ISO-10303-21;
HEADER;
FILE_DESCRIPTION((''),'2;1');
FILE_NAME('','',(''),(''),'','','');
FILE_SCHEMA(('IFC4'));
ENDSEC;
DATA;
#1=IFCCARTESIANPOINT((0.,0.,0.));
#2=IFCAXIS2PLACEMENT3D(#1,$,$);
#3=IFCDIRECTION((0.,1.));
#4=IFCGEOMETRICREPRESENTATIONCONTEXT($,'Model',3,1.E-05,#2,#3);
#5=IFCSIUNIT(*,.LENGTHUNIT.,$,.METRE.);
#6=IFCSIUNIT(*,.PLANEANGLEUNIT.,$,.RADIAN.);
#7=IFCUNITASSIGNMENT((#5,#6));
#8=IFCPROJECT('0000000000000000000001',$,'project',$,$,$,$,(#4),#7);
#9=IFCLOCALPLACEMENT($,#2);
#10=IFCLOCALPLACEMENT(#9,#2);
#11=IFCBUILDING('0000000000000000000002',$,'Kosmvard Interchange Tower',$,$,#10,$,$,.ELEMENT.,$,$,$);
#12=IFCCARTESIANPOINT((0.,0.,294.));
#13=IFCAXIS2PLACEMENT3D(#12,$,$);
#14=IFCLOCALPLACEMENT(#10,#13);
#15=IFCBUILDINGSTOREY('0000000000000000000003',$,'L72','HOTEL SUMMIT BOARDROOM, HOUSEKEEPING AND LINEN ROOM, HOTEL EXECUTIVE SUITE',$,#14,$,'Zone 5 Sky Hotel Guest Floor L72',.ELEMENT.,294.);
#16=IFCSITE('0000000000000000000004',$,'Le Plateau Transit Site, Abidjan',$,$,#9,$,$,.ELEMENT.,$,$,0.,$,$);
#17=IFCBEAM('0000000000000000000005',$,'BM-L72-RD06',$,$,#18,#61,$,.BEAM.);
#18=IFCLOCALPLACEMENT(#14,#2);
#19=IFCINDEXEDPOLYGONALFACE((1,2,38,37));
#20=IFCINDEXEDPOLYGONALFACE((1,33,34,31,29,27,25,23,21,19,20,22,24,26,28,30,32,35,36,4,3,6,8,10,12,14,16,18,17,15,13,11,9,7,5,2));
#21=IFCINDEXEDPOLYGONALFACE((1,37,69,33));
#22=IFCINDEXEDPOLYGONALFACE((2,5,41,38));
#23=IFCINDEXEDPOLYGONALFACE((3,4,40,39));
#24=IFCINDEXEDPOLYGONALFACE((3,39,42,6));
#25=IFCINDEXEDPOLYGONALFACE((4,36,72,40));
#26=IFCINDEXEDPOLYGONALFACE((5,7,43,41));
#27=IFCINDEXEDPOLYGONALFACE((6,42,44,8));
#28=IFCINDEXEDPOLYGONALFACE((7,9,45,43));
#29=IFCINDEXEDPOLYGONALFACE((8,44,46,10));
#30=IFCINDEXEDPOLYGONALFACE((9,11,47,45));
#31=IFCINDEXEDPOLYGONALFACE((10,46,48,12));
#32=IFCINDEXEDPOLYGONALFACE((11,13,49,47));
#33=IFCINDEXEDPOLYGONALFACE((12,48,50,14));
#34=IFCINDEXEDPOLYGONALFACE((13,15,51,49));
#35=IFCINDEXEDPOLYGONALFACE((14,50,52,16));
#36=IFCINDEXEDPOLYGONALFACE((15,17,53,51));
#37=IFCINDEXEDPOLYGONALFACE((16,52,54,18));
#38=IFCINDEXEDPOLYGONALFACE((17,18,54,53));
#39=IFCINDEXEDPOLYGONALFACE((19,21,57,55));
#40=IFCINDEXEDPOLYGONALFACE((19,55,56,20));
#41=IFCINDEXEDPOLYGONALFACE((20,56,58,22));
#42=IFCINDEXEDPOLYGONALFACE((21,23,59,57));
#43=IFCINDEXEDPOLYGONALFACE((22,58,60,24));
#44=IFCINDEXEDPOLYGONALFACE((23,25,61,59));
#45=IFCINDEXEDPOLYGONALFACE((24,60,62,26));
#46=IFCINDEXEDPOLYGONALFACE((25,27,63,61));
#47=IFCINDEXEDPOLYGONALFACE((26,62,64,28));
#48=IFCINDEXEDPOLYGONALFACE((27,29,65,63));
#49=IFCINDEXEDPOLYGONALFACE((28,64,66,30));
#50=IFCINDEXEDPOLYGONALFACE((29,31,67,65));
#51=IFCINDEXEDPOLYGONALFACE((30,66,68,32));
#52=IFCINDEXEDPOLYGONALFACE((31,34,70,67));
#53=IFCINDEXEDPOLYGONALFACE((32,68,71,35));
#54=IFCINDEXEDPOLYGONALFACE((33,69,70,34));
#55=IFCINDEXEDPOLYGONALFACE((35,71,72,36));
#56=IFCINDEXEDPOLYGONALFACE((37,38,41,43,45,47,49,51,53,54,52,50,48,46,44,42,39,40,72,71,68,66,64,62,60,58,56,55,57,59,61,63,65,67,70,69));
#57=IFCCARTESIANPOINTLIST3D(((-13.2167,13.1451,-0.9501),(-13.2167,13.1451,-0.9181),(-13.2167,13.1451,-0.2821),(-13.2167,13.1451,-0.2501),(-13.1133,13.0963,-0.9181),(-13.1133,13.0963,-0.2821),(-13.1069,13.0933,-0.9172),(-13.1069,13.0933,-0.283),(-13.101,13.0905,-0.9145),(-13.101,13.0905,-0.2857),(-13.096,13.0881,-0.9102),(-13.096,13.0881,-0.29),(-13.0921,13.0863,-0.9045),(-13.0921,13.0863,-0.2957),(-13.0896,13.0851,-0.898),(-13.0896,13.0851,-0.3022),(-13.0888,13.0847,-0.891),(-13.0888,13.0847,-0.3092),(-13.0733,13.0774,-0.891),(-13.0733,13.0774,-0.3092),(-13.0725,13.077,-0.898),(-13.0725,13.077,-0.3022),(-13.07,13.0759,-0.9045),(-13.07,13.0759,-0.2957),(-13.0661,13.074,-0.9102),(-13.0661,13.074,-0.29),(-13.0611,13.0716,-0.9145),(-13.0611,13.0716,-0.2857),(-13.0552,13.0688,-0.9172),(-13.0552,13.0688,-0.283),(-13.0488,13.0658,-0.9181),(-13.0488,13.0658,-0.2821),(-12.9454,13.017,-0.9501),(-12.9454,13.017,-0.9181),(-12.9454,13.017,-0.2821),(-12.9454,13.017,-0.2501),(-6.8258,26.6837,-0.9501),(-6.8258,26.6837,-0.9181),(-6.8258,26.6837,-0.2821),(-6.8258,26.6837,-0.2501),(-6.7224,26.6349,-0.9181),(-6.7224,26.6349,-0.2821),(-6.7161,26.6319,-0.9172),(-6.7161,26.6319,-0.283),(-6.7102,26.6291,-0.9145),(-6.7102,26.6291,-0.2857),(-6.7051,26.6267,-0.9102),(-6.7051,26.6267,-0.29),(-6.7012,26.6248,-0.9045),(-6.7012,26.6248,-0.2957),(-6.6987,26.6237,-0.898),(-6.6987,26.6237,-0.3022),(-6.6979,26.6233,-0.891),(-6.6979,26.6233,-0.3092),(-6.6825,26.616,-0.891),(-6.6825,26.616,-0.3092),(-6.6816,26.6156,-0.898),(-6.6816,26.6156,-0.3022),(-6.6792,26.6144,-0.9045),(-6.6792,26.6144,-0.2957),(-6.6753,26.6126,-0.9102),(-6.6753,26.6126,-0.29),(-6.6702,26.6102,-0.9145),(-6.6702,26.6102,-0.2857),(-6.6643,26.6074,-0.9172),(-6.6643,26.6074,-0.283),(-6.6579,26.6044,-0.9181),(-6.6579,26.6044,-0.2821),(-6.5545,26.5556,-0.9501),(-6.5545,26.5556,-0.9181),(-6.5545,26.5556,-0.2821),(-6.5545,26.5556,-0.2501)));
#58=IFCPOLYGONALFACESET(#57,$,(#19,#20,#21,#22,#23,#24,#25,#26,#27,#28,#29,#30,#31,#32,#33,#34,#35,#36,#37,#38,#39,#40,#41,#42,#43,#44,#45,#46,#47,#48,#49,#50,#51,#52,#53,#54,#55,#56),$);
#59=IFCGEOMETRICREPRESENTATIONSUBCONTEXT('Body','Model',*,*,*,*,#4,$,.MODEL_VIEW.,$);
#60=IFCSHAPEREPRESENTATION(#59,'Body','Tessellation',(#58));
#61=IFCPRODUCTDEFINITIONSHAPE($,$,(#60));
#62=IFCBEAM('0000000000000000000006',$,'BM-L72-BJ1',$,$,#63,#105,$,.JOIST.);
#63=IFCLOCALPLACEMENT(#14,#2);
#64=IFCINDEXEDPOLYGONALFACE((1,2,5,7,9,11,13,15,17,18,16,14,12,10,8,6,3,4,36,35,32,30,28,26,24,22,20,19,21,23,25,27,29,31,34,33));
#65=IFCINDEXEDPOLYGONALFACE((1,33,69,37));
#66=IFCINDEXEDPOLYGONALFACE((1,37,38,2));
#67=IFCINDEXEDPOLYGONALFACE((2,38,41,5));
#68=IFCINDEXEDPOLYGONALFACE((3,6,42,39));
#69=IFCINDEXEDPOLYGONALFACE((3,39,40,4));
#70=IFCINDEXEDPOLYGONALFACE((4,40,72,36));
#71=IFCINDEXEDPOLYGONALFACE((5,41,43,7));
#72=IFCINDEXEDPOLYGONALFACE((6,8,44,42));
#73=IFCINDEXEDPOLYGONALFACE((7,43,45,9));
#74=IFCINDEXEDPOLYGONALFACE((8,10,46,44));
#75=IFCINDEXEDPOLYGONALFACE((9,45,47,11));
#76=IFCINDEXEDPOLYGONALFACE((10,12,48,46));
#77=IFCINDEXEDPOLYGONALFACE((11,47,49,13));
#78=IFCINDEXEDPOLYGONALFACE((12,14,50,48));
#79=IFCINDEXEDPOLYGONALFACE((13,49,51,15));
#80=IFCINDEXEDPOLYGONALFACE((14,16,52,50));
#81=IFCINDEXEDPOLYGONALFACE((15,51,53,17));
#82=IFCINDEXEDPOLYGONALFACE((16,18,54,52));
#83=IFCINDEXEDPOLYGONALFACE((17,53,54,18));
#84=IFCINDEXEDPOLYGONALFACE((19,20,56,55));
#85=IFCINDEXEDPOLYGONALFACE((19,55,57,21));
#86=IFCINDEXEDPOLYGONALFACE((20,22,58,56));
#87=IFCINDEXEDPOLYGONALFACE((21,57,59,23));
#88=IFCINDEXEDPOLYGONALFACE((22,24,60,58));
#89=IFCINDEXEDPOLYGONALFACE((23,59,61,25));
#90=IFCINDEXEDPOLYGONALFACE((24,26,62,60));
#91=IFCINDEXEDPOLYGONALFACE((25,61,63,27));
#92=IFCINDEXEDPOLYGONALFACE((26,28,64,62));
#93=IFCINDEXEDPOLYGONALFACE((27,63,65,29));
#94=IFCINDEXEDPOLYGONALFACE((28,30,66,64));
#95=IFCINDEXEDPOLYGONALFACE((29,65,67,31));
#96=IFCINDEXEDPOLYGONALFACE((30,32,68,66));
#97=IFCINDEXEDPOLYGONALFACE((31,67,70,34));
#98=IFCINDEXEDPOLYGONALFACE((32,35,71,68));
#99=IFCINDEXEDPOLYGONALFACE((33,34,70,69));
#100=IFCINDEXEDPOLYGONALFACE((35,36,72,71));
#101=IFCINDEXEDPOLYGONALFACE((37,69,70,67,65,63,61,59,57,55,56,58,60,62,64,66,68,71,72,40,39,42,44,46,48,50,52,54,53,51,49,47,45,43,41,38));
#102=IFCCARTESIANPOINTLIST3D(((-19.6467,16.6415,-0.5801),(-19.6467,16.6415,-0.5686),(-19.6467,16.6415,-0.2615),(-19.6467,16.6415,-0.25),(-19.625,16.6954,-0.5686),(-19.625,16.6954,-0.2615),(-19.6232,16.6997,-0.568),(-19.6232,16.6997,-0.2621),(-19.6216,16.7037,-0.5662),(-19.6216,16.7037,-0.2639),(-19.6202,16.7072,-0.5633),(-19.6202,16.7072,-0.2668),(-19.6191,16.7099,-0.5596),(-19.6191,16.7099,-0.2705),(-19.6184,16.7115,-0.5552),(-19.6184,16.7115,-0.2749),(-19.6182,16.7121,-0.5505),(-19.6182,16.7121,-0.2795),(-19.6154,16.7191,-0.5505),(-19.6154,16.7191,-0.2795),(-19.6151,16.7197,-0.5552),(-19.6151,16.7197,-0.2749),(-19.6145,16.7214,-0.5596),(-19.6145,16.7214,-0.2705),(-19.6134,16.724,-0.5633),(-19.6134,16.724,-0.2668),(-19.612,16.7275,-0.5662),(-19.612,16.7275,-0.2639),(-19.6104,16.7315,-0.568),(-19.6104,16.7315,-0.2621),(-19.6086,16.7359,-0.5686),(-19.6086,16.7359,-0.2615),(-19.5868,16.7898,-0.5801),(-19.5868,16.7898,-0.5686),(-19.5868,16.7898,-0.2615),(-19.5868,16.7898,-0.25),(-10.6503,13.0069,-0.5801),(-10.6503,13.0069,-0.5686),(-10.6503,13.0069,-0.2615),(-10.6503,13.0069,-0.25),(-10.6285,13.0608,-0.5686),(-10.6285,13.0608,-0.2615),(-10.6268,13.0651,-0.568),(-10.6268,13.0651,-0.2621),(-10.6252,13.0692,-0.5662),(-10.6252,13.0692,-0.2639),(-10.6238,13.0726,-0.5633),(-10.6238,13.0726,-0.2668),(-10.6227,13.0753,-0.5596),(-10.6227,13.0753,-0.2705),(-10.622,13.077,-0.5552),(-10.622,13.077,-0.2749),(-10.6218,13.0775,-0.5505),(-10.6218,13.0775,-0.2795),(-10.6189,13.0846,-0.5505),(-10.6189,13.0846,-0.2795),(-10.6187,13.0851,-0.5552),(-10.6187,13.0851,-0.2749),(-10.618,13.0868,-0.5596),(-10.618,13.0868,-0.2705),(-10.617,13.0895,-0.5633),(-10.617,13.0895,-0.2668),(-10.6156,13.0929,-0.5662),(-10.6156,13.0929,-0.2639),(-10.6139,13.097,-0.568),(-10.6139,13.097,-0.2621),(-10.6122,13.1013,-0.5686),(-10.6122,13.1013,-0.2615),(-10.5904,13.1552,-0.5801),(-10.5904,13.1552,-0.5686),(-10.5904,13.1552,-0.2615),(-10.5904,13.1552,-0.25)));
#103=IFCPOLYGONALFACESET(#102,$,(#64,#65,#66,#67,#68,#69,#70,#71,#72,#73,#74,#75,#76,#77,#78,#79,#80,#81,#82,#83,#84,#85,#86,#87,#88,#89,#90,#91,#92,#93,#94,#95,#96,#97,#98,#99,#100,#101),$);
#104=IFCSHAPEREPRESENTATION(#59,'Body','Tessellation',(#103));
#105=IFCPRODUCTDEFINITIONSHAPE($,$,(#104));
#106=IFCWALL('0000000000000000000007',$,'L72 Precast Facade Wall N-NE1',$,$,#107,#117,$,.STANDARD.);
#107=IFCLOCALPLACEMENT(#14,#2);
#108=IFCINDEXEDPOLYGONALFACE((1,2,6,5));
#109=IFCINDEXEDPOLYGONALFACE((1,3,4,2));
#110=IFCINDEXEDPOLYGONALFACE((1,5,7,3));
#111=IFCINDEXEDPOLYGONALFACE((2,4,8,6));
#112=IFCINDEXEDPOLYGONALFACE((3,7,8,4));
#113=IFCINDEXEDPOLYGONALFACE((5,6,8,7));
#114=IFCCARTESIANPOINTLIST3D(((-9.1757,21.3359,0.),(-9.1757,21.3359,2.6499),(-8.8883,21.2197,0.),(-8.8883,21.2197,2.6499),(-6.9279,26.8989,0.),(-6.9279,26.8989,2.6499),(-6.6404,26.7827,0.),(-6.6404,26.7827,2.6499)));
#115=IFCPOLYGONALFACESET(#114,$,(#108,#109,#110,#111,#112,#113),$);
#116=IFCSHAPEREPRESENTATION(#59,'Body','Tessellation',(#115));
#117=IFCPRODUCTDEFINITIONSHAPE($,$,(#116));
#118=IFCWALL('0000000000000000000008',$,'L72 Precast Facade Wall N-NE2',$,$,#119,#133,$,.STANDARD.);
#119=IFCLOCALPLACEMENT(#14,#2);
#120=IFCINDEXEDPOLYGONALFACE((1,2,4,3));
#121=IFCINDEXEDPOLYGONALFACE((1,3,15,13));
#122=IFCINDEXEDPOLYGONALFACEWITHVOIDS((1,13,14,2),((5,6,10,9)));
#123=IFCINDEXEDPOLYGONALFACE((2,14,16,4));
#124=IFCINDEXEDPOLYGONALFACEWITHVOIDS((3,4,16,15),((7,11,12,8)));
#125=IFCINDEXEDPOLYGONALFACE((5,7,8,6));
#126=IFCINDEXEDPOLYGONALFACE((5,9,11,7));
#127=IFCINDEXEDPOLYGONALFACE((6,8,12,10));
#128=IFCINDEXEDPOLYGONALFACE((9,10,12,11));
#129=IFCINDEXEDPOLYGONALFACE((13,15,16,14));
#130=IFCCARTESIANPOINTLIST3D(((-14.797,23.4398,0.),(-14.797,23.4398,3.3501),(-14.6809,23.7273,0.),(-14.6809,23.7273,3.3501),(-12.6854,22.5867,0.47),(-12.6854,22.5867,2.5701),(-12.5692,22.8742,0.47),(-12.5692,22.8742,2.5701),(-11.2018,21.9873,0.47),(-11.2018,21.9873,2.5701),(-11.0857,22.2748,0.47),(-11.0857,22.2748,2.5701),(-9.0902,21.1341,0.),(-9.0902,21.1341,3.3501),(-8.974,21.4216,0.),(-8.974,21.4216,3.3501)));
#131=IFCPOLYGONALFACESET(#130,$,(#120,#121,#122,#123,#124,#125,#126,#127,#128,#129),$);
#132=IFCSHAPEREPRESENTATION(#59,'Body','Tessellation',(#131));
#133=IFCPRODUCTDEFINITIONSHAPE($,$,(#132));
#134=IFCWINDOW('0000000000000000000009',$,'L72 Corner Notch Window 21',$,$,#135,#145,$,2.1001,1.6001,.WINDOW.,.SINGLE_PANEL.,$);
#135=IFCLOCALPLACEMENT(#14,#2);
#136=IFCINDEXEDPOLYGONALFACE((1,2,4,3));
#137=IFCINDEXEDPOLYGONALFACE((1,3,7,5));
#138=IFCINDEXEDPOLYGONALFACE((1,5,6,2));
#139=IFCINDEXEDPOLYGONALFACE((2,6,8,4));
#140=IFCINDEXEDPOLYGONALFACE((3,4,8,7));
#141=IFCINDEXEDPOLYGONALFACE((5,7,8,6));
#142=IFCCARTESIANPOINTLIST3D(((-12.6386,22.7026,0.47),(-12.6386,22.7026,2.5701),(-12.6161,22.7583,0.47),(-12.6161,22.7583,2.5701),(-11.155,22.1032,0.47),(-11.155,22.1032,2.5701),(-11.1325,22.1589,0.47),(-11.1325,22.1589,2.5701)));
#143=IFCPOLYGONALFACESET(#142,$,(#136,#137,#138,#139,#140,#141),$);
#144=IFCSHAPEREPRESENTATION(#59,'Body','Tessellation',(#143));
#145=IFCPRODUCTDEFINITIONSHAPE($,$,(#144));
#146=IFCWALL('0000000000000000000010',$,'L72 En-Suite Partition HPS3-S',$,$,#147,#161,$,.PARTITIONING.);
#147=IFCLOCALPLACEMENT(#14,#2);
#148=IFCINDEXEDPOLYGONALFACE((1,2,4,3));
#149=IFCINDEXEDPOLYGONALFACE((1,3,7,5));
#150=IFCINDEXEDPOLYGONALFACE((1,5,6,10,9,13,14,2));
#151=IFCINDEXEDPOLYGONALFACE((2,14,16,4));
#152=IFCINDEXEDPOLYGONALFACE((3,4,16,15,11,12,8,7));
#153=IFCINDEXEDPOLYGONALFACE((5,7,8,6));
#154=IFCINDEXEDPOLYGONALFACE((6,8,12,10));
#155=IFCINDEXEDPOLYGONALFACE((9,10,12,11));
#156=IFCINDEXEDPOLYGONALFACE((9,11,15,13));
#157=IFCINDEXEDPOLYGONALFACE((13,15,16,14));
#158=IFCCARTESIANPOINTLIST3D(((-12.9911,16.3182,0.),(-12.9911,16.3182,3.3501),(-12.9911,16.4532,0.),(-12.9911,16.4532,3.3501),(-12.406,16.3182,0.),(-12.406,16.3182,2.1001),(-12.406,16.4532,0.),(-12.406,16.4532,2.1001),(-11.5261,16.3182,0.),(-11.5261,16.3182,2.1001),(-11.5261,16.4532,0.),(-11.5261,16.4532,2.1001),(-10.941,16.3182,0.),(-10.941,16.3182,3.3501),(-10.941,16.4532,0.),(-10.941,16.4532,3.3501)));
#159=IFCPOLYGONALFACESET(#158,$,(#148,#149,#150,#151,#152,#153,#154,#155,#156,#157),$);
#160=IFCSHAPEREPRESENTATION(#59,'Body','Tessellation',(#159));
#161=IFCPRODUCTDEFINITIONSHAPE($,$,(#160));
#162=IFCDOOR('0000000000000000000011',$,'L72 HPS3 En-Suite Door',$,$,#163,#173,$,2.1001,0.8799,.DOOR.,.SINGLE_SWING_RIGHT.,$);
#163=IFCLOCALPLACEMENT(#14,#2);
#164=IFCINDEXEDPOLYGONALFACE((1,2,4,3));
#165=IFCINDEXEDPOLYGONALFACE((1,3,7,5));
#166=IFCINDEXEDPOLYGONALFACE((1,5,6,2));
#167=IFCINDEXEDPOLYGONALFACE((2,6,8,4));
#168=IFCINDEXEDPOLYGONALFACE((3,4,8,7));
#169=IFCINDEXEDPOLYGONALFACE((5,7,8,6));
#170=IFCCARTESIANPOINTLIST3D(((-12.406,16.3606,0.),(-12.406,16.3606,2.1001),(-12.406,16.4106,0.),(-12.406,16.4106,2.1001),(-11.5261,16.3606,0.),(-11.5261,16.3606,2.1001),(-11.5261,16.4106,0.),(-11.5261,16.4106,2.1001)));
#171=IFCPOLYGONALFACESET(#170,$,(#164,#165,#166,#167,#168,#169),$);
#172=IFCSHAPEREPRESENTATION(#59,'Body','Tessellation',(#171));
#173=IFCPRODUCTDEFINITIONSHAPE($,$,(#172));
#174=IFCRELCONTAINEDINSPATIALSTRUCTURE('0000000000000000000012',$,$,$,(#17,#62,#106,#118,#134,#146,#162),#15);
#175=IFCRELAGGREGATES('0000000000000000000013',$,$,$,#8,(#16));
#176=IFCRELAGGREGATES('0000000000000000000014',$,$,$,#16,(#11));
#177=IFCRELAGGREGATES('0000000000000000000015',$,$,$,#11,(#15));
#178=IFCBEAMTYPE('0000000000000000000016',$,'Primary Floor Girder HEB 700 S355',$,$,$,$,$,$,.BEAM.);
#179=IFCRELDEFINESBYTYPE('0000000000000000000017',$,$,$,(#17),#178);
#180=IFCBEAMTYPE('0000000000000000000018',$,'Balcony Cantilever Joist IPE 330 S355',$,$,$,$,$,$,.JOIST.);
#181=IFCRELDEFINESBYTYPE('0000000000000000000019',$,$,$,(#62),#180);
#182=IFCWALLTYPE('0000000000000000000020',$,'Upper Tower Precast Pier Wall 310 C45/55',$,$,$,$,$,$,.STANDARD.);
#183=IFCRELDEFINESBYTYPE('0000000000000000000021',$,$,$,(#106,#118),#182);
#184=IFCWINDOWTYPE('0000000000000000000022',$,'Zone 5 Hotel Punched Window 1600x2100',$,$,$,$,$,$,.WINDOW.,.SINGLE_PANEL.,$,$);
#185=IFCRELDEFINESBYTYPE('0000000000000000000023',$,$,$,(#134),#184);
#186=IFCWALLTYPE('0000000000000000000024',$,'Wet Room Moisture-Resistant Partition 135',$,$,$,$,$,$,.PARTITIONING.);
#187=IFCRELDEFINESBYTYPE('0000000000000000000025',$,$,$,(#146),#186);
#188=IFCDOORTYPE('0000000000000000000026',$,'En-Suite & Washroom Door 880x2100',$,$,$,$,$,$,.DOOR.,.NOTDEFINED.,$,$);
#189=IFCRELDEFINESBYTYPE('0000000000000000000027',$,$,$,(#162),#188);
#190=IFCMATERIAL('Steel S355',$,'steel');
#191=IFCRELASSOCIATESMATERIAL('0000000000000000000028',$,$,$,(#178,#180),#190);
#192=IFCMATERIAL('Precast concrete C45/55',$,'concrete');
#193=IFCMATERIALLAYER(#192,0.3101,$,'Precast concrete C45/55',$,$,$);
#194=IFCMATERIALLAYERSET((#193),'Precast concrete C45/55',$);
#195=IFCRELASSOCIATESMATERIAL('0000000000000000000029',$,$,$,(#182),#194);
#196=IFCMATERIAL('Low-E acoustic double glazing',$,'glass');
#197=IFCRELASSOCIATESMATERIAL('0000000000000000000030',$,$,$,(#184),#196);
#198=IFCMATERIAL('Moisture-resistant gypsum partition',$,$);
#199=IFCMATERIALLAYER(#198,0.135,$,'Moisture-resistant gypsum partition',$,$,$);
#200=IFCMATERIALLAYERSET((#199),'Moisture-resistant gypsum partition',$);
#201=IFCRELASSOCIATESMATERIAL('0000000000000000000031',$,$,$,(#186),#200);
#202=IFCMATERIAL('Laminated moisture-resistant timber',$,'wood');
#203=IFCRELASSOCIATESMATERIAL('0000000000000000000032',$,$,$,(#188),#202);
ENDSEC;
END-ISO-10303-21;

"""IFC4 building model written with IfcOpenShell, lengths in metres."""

from ifc_helpers import new_model, si_unit, direction, frame, frame_2d, origin, origin_2d, place, context, subcontext, project, spatial, rectangle, i_section, extrude, source, transform, mapped, material, layer, layer_set, material_profile, profile_set, type_object, element, fill, save


model = new_model("IFC4")

# Units and contexts
model_context = context("Model", 3, precision=1e-05, world=origin(), true_north=direction((0.0, 1.0)))
body_context = subcontext(model_context, "Body", "Model", "MODEL_VIEW")
ifc_project = project(units=[si_unit("LENGTHUNIT", "METRE"), si_unit("PLANEANGLEUNIT", "RADIAN")], contexts=[model_context])

# Site, building, storey
site_placement = place(None, origin())
site = spatial("IfcSite", under=ifc_project, at=site_placement, Name="Le Plateau Transit Site, Abidjan", CompositionType="ELEMENT", RefElevation=0.0)
building_placement = place(site_placement, origin())
building = spatial("IfcBuilding", under=site, at=building_placement, Name="Kosmvard Interchange Tower", CompositionType="ELEMENT")
storey_placement = place(building_placement, frame((0.0, 0.0, 294.0)))
storey = spatial("IfcBuildingStorey", under=building, at=storey_placement, Name="L72", Description="HOTEL SUMMIT BOARDROOM, HOUSEKEEPING AND LINEN ROOM, HOTEL EXECUTIVE SUITE", LongName="Zone 5 Sky Hotel Guest Floor L72", CompositionType="ELEMENT", Elevation=294.0)

# Beams
ifc_material_1 = material(Name="Steel S355", Category="steel")
ifc_material_2 = material(Name="Precast concrete C45/55", Category="concrete")
ifc_material_profile_1 = material_profile(ifc_material_1, i_section(OverallWidth=0.3, OverallDepth=0.7, WebThickness=0.0171, FlangeThickness=0.032, FilletRadius=0.0271, at=origin_2d()), Name="HEB 700")
ifc_profile_set_1 = profile_set([ifc_material_profile_1], Name="Steel S355")
beam_type_1 = type_object("IfcBeamType", Name="Primary Floor Girder HEB 700 S355", PredefinedType="BEAM", material=ifc_profile_set_1)
shared_shape_1 = source(origin(), body_context, "Body", "SweptSolid", [
    extrude(i_section(OverallWidth=0.3, OverallDepth=0.7, WebThickness=0.0171, FlangeThickness=0.032, FilletRadius=0.0271, at=origin_2d()), origin(), (0.0, 0.0, 1.0), 14.9712),
])
beam_1_placement = place(storey_placement, frame((-13.0811, 13.0811, -0.6001), z_axis=(0.426878, 0.904309, 0.0), x_axis=(-0.904309, 0.426878, 0.0)))
element("IfcBeam", 1, at=beam_1_placement, inside=storey, type_object=beam_type_1, Name="BM-L72-RD06", PredefinedType="BEAM", context=body_context, shape_type="MappedRepresentation", body=[
    mapped(shared_shape_1, transform((0.0, 0.0, 0.0), scale=1.0)),
])
ifc_material_profile_2 = material_profile(ifc_material_1, i_section(OverallWidth=0.1599, OverallDepth=0.3301, WebThickness=0.0076, FlangeThickness=0.0115, FilletRadius=0.0181, at=origin_2d()), Name="IPE 330")
ifc_profile_set_2 = profile_set([ifc_material_profile_2], Name="Steel S355")
beam_type_2 = type_object("IfcBeamType", Name="Balcony Cantilever Joist IPE 330 S355", PredefinedType="JOIST", material=ifc_profile_set_2)
shared_shape_2 = source(origin(), body_context, "Body", "SweptSolid", [
    extrude(i_section(OverallWidth=0.1599, OverallDepth=0.3301, WebThickness=0.0076, FlangeThickness=0.0115, FilletRadius=0.0181, at=origin_2d()), origin(), (0.0, 0.0, 1.0), 9.7029),
])
beam_2_placement = place(storey_placement, frame((-10.6204, 13.0811, -0.415), z_axis=(-0.927192, 0.374586, 0.0), x_axis=(-0.374586, -0.927192, 0.0)))
element("IfcBeam", 2, at=beam_2_placement, inside=storey, type_object=beam_type_2, Name="BM-L72-BJ1", PredefinedType="JOIST", context=body_context, shape_type="MappedRepresentation", body=[
    mapped(shared_shape_2, transform((0.0, 0.0, 0.0), scale=1.0)),
])

# Wall
ifc_layer_1 = layer(ifc_material_2, 0.3101, Name="Precast concrete C45/55")
ifc_layer_set_1 = layer_set([ifc_layer_1], Name="Precast concrete C45/55")
wall_type_1 = type_object("IfcWallType", Name="Upper Tower Precast Pier Wall 310 C45/55", PredefinedType="STANDARD", material=ifc_layer_set_1)
wall_1_placement = place(storey_placement, frame((-6.7842, 26.8408, 0.0), z_axis=(0.0, 0.0, 1.0), x_axis=(-0.374637, -0.927172, 0.0)))
element("IfcWall", 3, at=wall_1_placement, inside=storey, type_object=wall_type_1, Name="L72 Precast Facade Wall N-NE1", PredefinedType="STANDARD", context=body_context, shape_type="SweptSolid", body=[
    extrude(rectangle(XDim=6.0, YDim=0.3101, at=frame_2d((3.0, 0.0))), origin(), (0.0, 0.0, 1.0), 2.6499),
])

# Wall, opening, window
wall_2_placement = place(storey_placement, frame((-9.032, 21.2778, 0.0), z_axis=(0.0, 0.0, 1.0), x_axis=(-0.927185, 0.374603, 0.0)))
wall_2 = element("IfcWall", 4, at=wall_2_placement, inside=storey, type_object=wall_type_1, Name="L72 Precast Facade Wall N-NE2", PredefinedType="STANDARD", context=body_context, shape_type="SweptSolid", body=[
    extrude(rectangle(XDim=6.155, YDim=0.3101, at=frame_2d((3.0776, 0.0))), origin(), (0.0, 0.0, 1.0), 3.3501),
])
opening_1_placement = place(wall_2_placement, frame((2.2776, 0.0, 0.47)))
opening_1 = element("IfcOpeningElement", 5, at=opening_1_placement, cuts=wall_2, PredefinedType="OPENING", context=body_context, shape_type="SweptSolid", body=[
    extrude(rectangle(XDim=1.6001, YDim=2.1001, at=frame_2d((0.8, 1.05))), frame((0.0, 0.165, 0.0), z_axis=(0.0, -1.0, 0.0), x_axis=(1.0, 0.0, 0.0)), (0.0, 0.0, 1.0), 0.3301),
])
ifc_material_3 = material(Name="Low-E acoustic double glazing", Category="glass")
window_type = type_object("IfcWindowType", Name="Zone 5 Hotel Punched Window 1600x2100", PartitioningType="SINGLE_PANEL", PredefinedType="WINDOW", material=ifc_material_3)
shared_shape_3 = source(origin(), body_context, "Body", "SweptSolid", [
    extrude(rectangle(XDim=1.6001, YDim=2.1001, at=frame_2d((0.8, 1.05))), frame((0.0, 0.03, 0.0), z_axis=(0.0, -1.0, 0.0), x_axis=(1.0, 0.0, 0.0)), (0.0, 0.0, 1.0), 0.0601),
])
window_placement = place(opening_1_placement, origin())
window = element("IfcWindow", 6, at=window_placement, inside=storey, type_object=window_type, Name="L72 Corner Notch Window 21", OverallHeight=2.1001, OverallWidth=1.6001, PartitioningType="SINGLE_PANEL", PredefinedType="WINDOW", context=body_context, shape_type="MappedRepresentation", body=[
    mapped(shared_shape_3, transform((0.0, 0.0, 0.0), scale=1.0)),
])
fill(opening_1, window)

# Wall, opening, door
ifc_material_4 = material(Name="Moisture-resistant gypsum partition")
ifc_layer_2 = layer(ifc_material_4, 0.135, Name="Moisture-resistant gypsum partition")
ifc_layer_set_2 = layer_set([ifc_layer_2], Name="Moisture-resistant gypsum partition")
wall_type_2 = type_object("IfcWallType", Name="Wet Room Moisture-Resistant Partition 135", PredefinedType="PARTITIONING", material=ifc_layer_set_2)
wall_3_placement = place(storey_placement, frame((-12.991, 16.3857, 0.0), z_axis=(0.0, 0.0, 1.0), x_axis=(1.0, 0.0, 0.0)))
wall_3 = element("IfcWall", 7, at=wall_3_placement, inside=storey, type_object=wall_type_2, Name="L72 En-Suite Partition HPS3-S", PredefinedType="PARTITIONING", context=body_context, shape_type="SweptSolid", body=[
    extrude(rectangle(XDim=2.05, YDim=0.135, at=frame_2d((1.0249, 0.0))), origin(), (0.0, 0.0, 1.0), 3.3501),
])
opening_2_placement = place(wall_3_placement, frame((0.585, 0.0, 0.0)))
opening_2 = element("IfcOpeningElement", 8, at=opening_2_placement, cuts=wall_3, PredefinedType="OPENING", context=body_context, shape_type="SweptSolid", body=[
    extrude(rectangle(XDim=0.8799, YDim=2.1001, at=frame_2d((0.4399, 1.05))), frame((0.0, 0.0776, 0.0), z_axis=(0.0, -1.0, 0.0), x_axis=(1.0, 0.0, 0.0)), (0.0, 0.0, 1.0), 0.155),
])
ifc_material_5 = material(Name="Laminated moisture-resistant timber", Category="wood")
door_type = type_object("IfcDoorType", Name="En-Suite & Washroom Door 880x2100", OperationType="NOTDEFINED", PredefinedType="DOOR", material=ifc_material_5)
shared_shape_4 = source(origin(), body_context, "Body", "SweptSolid", [
    extrude(rectangle(XDim=0.8799, YDim=2.1001, at=frame_2d((0.4399, 1.05))), frame((0.0, 0.0249, 0.0), z_axis=(0.0, -1.0, 0.0), x_axis=(1.0, 0.0, 0.0)), (0.0, 0.0, 1.0), 0.05),
])
door_placement = place(opening_2_placement, origin())
door = element("IfcDoor", 9, at=door_placement, inside=storey, type_object=door_type, Name="L72 HPS3 En-Suite Door", OperationType="SINGLE_SWING_RIGHT", OverallHeight=2.1001, OverallWidth=0.8799, PredefinedType="DOOR", context=body_context, shape_type="MappedRepresentation", body=[
    mapped(shared_shape_4, transform((0.0, 0.0, 0.0), scale=1.0)),
])
fill(opening_2, door)

save(model, "model.ifc")
